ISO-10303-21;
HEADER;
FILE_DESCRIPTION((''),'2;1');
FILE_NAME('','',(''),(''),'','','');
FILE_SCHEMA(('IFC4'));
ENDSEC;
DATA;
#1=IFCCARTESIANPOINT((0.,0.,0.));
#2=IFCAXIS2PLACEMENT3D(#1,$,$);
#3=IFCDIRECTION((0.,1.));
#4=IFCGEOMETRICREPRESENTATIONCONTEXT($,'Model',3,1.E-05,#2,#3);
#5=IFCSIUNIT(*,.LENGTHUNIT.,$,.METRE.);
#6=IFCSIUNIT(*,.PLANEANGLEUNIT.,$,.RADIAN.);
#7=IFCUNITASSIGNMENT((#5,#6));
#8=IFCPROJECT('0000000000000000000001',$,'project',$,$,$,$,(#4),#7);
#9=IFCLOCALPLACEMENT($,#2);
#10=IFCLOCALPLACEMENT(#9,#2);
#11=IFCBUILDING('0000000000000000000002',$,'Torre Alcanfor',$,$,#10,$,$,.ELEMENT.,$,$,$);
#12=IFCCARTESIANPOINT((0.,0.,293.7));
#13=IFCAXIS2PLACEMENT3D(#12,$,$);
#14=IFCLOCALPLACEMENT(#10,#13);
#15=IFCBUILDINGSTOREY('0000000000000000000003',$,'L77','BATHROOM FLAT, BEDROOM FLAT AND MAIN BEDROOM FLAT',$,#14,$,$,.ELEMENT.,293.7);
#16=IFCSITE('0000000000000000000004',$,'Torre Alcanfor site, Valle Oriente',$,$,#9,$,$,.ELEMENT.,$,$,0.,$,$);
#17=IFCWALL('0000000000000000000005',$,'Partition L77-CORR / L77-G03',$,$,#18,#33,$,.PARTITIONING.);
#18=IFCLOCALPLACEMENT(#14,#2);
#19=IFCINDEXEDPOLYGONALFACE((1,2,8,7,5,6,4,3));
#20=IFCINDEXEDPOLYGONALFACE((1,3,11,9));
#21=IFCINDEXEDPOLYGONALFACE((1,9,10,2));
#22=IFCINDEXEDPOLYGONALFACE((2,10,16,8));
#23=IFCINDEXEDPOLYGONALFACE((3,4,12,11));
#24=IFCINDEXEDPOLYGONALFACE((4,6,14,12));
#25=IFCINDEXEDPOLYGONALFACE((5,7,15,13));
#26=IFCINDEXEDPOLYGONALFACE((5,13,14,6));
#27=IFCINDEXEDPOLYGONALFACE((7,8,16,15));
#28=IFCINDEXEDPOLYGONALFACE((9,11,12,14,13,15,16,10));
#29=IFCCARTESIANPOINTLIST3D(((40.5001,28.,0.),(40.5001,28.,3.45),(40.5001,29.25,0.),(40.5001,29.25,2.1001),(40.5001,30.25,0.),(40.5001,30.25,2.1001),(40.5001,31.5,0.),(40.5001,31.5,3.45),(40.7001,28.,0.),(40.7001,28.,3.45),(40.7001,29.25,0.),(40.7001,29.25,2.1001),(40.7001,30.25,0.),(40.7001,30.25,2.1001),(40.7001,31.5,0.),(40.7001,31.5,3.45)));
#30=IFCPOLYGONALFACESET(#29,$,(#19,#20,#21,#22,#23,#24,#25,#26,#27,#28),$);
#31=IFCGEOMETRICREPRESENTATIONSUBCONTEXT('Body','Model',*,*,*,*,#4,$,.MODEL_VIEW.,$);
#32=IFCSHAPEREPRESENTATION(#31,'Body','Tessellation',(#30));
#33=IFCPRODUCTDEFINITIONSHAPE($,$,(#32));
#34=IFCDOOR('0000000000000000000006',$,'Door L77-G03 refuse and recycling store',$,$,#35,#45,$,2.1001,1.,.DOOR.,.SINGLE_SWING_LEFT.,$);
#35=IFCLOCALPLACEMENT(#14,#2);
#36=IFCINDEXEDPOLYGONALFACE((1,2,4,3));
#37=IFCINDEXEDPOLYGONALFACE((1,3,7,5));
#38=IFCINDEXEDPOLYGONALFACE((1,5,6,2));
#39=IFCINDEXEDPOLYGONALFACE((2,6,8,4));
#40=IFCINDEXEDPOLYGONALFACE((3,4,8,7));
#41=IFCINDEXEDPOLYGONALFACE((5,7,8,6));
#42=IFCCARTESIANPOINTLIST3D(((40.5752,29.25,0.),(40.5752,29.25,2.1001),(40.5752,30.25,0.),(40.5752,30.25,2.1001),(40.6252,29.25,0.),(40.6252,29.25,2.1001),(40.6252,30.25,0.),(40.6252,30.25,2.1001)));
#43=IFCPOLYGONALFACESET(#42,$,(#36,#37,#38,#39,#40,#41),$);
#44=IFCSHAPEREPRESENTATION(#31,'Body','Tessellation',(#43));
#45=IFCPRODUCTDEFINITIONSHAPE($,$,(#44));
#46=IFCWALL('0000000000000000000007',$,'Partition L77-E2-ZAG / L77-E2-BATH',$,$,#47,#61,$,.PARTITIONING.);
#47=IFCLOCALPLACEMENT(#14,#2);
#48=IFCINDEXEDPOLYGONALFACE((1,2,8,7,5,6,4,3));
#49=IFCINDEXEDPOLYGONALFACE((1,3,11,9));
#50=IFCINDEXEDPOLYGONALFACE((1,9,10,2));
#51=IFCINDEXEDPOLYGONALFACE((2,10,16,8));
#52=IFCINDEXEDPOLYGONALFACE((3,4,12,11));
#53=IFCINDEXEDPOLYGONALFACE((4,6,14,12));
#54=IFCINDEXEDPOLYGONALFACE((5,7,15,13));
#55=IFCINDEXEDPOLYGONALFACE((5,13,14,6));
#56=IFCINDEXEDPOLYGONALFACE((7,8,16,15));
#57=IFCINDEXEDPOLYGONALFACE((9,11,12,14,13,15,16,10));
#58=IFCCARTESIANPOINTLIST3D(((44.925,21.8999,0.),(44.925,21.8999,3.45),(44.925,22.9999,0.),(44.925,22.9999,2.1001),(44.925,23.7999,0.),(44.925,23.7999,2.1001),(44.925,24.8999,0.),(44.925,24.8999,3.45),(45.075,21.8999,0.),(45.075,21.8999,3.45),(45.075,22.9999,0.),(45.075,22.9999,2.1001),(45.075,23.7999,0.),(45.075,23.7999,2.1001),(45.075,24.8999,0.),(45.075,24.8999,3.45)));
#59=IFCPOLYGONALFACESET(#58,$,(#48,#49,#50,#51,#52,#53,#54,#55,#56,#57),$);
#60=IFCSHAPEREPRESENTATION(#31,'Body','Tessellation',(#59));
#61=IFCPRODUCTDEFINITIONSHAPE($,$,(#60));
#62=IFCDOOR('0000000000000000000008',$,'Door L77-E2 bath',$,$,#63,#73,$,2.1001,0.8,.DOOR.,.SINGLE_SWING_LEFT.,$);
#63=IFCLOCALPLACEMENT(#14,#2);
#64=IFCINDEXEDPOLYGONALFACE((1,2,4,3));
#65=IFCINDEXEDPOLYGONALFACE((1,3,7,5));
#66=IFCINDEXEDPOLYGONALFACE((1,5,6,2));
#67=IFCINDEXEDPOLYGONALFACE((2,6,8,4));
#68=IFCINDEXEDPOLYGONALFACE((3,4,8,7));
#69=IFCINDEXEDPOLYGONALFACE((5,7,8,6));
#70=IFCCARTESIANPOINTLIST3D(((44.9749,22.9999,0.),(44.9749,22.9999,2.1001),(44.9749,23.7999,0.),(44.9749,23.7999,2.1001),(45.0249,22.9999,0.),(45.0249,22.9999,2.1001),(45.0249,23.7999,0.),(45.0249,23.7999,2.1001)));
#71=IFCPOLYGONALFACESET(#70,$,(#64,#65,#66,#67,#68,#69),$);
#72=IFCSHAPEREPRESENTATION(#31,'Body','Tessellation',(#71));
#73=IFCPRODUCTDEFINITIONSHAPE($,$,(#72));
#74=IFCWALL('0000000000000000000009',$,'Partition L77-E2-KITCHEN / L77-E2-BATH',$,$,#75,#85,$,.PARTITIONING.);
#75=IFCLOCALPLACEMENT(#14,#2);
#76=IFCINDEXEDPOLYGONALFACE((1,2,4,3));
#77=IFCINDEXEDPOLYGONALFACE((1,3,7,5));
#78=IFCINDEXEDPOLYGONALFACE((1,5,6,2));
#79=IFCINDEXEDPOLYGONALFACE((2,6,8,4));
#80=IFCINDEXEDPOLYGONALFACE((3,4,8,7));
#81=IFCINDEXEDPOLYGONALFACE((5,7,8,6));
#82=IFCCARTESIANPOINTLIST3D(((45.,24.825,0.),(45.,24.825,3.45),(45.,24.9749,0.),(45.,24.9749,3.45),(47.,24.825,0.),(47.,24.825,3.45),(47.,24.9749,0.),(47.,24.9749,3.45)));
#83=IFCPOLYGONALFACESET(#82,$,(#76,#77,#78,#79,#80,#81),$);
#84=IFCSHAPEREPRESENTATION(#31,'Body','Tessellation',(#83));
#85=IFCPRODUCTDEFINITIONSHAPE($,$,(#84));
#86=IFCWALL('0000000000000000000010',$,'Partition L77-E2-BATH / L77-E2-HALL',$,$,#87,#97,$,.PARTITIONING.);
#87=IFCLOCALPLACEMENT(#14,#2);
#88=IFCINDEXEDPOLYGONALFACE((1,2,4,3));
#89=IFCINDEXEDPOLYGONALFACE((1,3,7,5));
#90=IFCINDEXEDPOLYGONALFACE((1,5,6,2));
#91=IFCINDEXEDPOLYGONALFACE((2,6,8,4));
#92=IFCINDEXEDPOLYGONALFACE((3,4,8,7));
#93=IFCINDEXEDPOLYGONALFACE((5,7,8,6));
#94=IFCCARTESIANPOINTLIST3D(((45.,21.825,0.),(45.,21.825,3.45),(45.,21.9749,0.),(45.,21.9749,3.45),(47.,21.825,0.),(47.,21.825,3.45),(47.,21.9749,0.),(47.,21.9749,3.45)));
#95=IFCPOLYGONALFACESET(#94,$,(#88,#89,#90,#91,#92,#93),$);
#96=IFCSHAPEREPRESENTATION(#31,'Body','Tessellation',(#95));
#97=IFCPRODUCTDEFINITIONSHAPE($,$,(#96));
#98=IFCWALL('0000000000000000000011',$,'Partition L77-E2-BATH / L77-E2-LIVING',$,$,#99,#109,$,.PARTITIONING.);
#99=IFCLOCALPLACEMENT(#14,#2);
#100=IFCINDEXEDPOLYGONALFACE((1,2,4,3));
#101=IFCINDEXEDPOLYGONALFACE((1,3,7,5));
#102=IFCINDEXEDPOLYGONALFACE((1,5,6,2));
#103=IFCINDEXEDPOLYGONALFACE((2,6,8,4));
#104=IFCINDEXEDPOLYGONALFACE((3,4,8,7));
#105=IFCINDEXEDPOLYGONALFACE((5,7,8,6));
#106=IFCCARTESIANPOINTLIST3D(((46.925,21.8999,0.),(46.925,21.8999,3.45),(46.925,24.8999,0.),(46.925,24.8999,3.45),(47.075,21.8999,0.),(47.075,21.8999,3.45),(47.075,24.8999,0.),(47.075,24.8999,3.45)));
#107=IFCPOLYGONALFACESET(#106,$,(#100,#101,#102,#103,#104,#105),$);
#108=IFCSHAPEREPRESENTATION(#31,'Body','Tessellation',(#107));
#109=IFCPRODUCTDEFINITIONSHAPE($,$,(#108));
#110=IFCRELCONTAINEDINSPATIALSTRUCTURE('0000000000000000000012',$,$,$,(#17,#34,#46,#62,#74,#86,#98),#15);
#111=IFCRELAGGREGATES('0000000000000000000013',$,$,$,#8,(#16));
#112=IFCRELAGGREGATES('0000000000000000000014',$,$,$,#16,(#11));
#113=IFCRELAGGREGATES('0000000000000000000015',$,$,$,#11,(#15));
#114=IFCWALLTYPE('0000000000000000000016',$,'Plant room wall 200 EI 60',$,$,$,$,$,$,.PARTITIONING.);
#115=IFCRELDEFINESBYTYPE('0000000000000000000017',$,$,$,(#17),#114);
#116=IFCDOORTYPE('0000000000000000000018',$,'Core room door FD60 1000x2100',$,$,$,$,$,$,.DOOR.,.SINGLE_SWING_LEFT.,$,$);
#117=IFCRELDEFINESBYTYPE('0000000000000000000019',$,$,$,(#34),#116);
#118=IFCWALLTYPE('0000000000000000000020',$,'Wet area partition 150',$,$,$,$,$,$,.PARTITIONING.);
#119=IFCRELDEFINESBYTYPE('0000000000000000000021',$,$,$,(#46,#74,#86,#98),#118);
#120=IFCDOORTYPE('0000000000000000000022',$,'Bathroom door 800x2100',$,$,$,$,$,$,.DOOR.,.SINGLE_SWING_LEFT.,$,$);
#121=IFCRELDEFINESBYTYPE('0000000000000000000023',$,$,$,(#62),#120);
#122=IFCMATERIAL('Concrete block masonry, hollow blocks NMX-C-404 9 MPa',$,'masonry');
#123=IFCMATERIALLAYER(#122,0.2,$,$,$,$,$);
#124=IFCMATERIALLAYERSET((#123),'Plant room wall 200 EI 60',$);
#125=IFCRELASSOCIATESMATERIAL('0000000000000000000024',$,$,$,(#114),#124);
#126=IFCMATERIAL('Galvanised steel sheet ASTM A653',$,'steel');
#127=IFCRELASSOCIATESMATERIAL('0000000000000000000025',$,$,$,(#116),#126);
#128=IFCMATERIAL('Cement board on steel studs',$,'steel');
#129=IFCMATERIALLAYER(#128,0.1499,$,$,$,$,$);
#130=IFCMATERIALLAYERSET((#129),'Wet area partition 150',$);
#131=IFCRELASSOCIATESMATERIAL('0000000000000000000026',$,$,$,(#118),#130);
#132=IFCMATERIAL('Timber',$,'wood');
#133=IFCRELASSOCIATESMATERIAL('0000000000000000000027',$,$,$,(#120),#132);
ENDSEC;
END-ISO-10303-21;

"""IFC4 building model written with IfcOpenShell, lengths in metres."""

from ifc_helpers import new_model, si_unit, direction, frame, frame_2d, origin, place, context, subcontext, project, spatial, rectangle, extrude, material, layer, layer_set, type_object, element, fill, save


model = new_model("IFC4")

# Units and contexts
model_context = context("Model", 3, precision=1e-05, world=origin(), true_north=direction((0.0, 1.0)))
body_context = subcontext(model_context, "Body", "Model", "MODEL_VIEW")
ifc_project = project(units=[si_unit("LENGTHUNIT", "METRE"), si_unit("PLANEANGLEUNIT", "RADIAN")], contexts=[model_context])

# Site, building, storey
site_placement = place(None, origin())
site = spatial("IfcSite", under=ifc_project, at=site_placement, Name="Torre Alcanfor site, Valle Oriente", CompositionType="ELEMENT", RefElevation=0.0)
building_placement = place(site_placement, origin())
building = spatial("IfcBuilding", under=site, at=building_placement, Name="Torre Alcanfor", CompositionType="ELEMENT")
storey_placement = place(building_placement, frame((0.0, 0.0, 293.7)))
storey = spatial("IfcBuildingStorey", under=building, at=storey_placement, Name="L77", Description="BATHROOM FLAT, BEDROOM FLAT AND MAIN BEDROOM FLAT", CompositionType="ELEMENT", Elevation=293.7)

# Walls, openings, doors
ifc_material_1 = material(Name="Concrete block masonry, hollow blocks NMX-C-404 9 MPa", Category="masonry")
ifc_layer_1 = layer(ifc_material_1, 0.2)
ifc_layer_set_1 = layer_set([ifc_layer_1], Name="Plant room wall 200 EI 60")
wall_type_1 = type_object("IfcWallType", Name="Plant room wall 200 EI 60", PredefinedType="PARTITIONING", material=ifc_layer_set_1)
wall_1_placement = place(storey_placement, frame((40.6001, 28.0, 0.0), z_axis=(0.0, 0.0, 1.0), x_axis=(0.0, 1.0, 0.0)))
wall_1 = element("IfcWall", 1, at=wall_1_placement, inside=storey, type_object=wall_type_1, Name="Partition L77-CORR / L77-G03", PredefinedType="PARTITIONING", context=body_context, shape_type="SweptSolid", body=[
    extrude(rectangle(XDim=3.5, YDim=0.2, at=frame_2d((1.75, 0.0))), origin(), (0.0, 0.0, 1.0), 3.45),
])
opening_1_placement = place(wall_1_placement, frame((1.25, 0.0, 0.0)))
opening_1 = element("IfcOpeningElement", 2, at=opening_1_placement, cuts=wall_1, PredefinedType="OPENING", context=body_context, shape_type="SweptSolid", body=[
    extrude(rectangle(XDim=1.0, YDim=2.1001, at=frame_2d((0.5, 1.05))), frame((0.0, 0.1099, 0.0), z_axis=(0.0, -1.0, 0.0), x_axis=(1.0, 0.0, 0.0)), (0.0, 0.0, 1.0), 0.22),
])
ifc_material_2 = material(Name="Galvanised steel sheet ASTM A653", Category="steel")
door_type_1 = type_object("IfcDoorType", Name="Core room door FD60 1000x2100", OperationType="SINGLE_SWING_LEFT", PredefinedType="DOOR", material=ifc_material_2)
door_1_placement = place(opening_1_placement, origin())
door_1 = element("IfcDoor", 3, at=door_1_placement, inside=storey, type_object=door_type_1, Name="Door L77-G03 refuse and recycling store", OperationType="SINGLE_SWING_LEFT", OverallHeight=2.1001, OverallWidth=1.0, PredefinedType="DOOR", context=body_context, shape_type="SweptSolid", body=[
    extrude(rectangle(XDim=1.0, YDim=2.1001, at=frame_2d((0.5, 1.05))), frame((0.0, 0.0249, 0.0), z_axis=(0.0, -1.0, 0.0), x_axis=(1.0, 0.0, 0.0)), (0.0, 0.0, 1.0), 0.05),
])
fill(opening_1, door_1)
ifc_material_3 = material(Name="Cement board on steel studs", Category="steel")
ifc_layer_2 = layer(ifc_material_3, 0.1499)
ifc_layer_set_2 = layer_set([ifc_layer_2], Name="Wet area partition 150")
wall_type_2 = type_object("IfcWallType", Name="Wet area partition 150", PredefinedType="PARTITIONING", material=ifc_layer_set_2)
wall_2_placement = place(storey_placement, frame((45.0, 24.8999, 0.0), z_axis=(0.0, 0.0, 1.0), x_axis=(0.0, -1.0, 0.0)))
wall_2 = element("IfcWall", 4, at=wall_2_placement, inside=storey, type_object=wall_type_2, Name="Partition L77-E2-ZAG / L77-E2-BATH", PredefinedType="PARTITIONING", context=body_context, shape_type="SweptSolid", body=[
    extrude(rectangle(XDim=3.0, YDim=0.1499, at=frame_2d((1.5, 0.0))), origin(), (0.0, 0.0, 1.0), 3.45),
])
opening_2_placement = place(wall_2_placement, frame((1.1001, 0.0, 0.0)))
opening_2 = element("IfcOpeningElement", 5, at=opening_2_placement, cuts=wall_2, PredefinedType="OPENING", context=body_context, shape_type="SweptSolid", body=[
    extrude(rectangle(XDim=0.8, YDim=2.1001, at=frame_2d((0.3999, 1.05))), frame((0.0, 0.085, 0.0), z_axis=(0.0, -1.0, 0.0), x_axis=(1.0, 0.0, 0.0)), (0.0, 0.0, 1.0), 0.1699),
])
ifc_material_4 = material(Name="Timber", Category="wood")
door_type_2 = type_object("IfcDoorType", Name="Bathroom door 800x2100", OperationType="SINGLE_SWING_LEFT", PredefinedType="DOOR", material=ifc_material_4)
door_2_placement = place(opening_2_placement, origin())
door_2 = element("IfcDoor", 6, at=door_2_placement, inside=storey, type_object=door_type_2, Name="Door L77-E2 bath", OperationType="SINGLE_SWING_LEFT", OverallHeight=2.1001, OverallWidth=0.8, PredefinedType="DOOR", context=body_context, shape_type="SweptSolid", body=[
    extrude(rectangle(XDim=0.8, YDim=2.1001, at=frame_2d((0.3999, 1.05))), frame((0.0, 0.0249, 0.0), z_axis=(0.0, -1.0, 0.0), x_axis=(1.0, 0.0, 0.0)), (0.0, 0.0, 1.0), 0.05),
])
fill(opening_2, door_2)

# Walls
for number, where, z_axis, x_axis, name in (
    (7, (47.0, 24.8999, 0.0), (0.0, 0.0, 1.0), (-1.0, 0.0, 0.0), "Partition L77-E2-KITCHEN / L77-E2-BATH"),
    (8, (47.0, 21.8999, 0.0), (0.0, 0.0, 1.0), (-1.0, 0.0, 0.0), "Partition L77-E2-BATH / L77-E2-HALL"),
):
    element("IfcWall", number, at=place(storey_placement, frame(where, z_axis=z_axis, x_axis=x_axis)), inside=storey, type_object=wall_type_2, Name=name, PredefinedType="PARTITIONING", context=body_context, shape_type="SweptSolid", body=[
        extrude(rectangle(XDim=2.0, YDim=0.1499, at=frame_2d((1.0, 0.0))), origin(), (0.0, 0.0, 1.0), 3.45),
    ])
wall_3_placement = place(storey_placement, frame((47.0, 24.8999, 0.0), z_axis=(0.0, 0.0, 1.0), x_axis=(0.0, -1.0, 0.0)))
element("IfcWall", 9, at=wall_3_placement, inside=storey, type_object=wall_type_2, Name="Partition L77-E2-BATH / L77-E2-LIVING", PredefinedType="PARTITIONING", context=body_context, shape_type="SweptSolid", body=[
    extrude(rectangle(XDim=3.0, YDim=0.1499, at=frame_2d((1.5, 0.0))), origin(), (0.0, 0.0, 1.0), 3.45),
])

save(model, "model.ifc")
